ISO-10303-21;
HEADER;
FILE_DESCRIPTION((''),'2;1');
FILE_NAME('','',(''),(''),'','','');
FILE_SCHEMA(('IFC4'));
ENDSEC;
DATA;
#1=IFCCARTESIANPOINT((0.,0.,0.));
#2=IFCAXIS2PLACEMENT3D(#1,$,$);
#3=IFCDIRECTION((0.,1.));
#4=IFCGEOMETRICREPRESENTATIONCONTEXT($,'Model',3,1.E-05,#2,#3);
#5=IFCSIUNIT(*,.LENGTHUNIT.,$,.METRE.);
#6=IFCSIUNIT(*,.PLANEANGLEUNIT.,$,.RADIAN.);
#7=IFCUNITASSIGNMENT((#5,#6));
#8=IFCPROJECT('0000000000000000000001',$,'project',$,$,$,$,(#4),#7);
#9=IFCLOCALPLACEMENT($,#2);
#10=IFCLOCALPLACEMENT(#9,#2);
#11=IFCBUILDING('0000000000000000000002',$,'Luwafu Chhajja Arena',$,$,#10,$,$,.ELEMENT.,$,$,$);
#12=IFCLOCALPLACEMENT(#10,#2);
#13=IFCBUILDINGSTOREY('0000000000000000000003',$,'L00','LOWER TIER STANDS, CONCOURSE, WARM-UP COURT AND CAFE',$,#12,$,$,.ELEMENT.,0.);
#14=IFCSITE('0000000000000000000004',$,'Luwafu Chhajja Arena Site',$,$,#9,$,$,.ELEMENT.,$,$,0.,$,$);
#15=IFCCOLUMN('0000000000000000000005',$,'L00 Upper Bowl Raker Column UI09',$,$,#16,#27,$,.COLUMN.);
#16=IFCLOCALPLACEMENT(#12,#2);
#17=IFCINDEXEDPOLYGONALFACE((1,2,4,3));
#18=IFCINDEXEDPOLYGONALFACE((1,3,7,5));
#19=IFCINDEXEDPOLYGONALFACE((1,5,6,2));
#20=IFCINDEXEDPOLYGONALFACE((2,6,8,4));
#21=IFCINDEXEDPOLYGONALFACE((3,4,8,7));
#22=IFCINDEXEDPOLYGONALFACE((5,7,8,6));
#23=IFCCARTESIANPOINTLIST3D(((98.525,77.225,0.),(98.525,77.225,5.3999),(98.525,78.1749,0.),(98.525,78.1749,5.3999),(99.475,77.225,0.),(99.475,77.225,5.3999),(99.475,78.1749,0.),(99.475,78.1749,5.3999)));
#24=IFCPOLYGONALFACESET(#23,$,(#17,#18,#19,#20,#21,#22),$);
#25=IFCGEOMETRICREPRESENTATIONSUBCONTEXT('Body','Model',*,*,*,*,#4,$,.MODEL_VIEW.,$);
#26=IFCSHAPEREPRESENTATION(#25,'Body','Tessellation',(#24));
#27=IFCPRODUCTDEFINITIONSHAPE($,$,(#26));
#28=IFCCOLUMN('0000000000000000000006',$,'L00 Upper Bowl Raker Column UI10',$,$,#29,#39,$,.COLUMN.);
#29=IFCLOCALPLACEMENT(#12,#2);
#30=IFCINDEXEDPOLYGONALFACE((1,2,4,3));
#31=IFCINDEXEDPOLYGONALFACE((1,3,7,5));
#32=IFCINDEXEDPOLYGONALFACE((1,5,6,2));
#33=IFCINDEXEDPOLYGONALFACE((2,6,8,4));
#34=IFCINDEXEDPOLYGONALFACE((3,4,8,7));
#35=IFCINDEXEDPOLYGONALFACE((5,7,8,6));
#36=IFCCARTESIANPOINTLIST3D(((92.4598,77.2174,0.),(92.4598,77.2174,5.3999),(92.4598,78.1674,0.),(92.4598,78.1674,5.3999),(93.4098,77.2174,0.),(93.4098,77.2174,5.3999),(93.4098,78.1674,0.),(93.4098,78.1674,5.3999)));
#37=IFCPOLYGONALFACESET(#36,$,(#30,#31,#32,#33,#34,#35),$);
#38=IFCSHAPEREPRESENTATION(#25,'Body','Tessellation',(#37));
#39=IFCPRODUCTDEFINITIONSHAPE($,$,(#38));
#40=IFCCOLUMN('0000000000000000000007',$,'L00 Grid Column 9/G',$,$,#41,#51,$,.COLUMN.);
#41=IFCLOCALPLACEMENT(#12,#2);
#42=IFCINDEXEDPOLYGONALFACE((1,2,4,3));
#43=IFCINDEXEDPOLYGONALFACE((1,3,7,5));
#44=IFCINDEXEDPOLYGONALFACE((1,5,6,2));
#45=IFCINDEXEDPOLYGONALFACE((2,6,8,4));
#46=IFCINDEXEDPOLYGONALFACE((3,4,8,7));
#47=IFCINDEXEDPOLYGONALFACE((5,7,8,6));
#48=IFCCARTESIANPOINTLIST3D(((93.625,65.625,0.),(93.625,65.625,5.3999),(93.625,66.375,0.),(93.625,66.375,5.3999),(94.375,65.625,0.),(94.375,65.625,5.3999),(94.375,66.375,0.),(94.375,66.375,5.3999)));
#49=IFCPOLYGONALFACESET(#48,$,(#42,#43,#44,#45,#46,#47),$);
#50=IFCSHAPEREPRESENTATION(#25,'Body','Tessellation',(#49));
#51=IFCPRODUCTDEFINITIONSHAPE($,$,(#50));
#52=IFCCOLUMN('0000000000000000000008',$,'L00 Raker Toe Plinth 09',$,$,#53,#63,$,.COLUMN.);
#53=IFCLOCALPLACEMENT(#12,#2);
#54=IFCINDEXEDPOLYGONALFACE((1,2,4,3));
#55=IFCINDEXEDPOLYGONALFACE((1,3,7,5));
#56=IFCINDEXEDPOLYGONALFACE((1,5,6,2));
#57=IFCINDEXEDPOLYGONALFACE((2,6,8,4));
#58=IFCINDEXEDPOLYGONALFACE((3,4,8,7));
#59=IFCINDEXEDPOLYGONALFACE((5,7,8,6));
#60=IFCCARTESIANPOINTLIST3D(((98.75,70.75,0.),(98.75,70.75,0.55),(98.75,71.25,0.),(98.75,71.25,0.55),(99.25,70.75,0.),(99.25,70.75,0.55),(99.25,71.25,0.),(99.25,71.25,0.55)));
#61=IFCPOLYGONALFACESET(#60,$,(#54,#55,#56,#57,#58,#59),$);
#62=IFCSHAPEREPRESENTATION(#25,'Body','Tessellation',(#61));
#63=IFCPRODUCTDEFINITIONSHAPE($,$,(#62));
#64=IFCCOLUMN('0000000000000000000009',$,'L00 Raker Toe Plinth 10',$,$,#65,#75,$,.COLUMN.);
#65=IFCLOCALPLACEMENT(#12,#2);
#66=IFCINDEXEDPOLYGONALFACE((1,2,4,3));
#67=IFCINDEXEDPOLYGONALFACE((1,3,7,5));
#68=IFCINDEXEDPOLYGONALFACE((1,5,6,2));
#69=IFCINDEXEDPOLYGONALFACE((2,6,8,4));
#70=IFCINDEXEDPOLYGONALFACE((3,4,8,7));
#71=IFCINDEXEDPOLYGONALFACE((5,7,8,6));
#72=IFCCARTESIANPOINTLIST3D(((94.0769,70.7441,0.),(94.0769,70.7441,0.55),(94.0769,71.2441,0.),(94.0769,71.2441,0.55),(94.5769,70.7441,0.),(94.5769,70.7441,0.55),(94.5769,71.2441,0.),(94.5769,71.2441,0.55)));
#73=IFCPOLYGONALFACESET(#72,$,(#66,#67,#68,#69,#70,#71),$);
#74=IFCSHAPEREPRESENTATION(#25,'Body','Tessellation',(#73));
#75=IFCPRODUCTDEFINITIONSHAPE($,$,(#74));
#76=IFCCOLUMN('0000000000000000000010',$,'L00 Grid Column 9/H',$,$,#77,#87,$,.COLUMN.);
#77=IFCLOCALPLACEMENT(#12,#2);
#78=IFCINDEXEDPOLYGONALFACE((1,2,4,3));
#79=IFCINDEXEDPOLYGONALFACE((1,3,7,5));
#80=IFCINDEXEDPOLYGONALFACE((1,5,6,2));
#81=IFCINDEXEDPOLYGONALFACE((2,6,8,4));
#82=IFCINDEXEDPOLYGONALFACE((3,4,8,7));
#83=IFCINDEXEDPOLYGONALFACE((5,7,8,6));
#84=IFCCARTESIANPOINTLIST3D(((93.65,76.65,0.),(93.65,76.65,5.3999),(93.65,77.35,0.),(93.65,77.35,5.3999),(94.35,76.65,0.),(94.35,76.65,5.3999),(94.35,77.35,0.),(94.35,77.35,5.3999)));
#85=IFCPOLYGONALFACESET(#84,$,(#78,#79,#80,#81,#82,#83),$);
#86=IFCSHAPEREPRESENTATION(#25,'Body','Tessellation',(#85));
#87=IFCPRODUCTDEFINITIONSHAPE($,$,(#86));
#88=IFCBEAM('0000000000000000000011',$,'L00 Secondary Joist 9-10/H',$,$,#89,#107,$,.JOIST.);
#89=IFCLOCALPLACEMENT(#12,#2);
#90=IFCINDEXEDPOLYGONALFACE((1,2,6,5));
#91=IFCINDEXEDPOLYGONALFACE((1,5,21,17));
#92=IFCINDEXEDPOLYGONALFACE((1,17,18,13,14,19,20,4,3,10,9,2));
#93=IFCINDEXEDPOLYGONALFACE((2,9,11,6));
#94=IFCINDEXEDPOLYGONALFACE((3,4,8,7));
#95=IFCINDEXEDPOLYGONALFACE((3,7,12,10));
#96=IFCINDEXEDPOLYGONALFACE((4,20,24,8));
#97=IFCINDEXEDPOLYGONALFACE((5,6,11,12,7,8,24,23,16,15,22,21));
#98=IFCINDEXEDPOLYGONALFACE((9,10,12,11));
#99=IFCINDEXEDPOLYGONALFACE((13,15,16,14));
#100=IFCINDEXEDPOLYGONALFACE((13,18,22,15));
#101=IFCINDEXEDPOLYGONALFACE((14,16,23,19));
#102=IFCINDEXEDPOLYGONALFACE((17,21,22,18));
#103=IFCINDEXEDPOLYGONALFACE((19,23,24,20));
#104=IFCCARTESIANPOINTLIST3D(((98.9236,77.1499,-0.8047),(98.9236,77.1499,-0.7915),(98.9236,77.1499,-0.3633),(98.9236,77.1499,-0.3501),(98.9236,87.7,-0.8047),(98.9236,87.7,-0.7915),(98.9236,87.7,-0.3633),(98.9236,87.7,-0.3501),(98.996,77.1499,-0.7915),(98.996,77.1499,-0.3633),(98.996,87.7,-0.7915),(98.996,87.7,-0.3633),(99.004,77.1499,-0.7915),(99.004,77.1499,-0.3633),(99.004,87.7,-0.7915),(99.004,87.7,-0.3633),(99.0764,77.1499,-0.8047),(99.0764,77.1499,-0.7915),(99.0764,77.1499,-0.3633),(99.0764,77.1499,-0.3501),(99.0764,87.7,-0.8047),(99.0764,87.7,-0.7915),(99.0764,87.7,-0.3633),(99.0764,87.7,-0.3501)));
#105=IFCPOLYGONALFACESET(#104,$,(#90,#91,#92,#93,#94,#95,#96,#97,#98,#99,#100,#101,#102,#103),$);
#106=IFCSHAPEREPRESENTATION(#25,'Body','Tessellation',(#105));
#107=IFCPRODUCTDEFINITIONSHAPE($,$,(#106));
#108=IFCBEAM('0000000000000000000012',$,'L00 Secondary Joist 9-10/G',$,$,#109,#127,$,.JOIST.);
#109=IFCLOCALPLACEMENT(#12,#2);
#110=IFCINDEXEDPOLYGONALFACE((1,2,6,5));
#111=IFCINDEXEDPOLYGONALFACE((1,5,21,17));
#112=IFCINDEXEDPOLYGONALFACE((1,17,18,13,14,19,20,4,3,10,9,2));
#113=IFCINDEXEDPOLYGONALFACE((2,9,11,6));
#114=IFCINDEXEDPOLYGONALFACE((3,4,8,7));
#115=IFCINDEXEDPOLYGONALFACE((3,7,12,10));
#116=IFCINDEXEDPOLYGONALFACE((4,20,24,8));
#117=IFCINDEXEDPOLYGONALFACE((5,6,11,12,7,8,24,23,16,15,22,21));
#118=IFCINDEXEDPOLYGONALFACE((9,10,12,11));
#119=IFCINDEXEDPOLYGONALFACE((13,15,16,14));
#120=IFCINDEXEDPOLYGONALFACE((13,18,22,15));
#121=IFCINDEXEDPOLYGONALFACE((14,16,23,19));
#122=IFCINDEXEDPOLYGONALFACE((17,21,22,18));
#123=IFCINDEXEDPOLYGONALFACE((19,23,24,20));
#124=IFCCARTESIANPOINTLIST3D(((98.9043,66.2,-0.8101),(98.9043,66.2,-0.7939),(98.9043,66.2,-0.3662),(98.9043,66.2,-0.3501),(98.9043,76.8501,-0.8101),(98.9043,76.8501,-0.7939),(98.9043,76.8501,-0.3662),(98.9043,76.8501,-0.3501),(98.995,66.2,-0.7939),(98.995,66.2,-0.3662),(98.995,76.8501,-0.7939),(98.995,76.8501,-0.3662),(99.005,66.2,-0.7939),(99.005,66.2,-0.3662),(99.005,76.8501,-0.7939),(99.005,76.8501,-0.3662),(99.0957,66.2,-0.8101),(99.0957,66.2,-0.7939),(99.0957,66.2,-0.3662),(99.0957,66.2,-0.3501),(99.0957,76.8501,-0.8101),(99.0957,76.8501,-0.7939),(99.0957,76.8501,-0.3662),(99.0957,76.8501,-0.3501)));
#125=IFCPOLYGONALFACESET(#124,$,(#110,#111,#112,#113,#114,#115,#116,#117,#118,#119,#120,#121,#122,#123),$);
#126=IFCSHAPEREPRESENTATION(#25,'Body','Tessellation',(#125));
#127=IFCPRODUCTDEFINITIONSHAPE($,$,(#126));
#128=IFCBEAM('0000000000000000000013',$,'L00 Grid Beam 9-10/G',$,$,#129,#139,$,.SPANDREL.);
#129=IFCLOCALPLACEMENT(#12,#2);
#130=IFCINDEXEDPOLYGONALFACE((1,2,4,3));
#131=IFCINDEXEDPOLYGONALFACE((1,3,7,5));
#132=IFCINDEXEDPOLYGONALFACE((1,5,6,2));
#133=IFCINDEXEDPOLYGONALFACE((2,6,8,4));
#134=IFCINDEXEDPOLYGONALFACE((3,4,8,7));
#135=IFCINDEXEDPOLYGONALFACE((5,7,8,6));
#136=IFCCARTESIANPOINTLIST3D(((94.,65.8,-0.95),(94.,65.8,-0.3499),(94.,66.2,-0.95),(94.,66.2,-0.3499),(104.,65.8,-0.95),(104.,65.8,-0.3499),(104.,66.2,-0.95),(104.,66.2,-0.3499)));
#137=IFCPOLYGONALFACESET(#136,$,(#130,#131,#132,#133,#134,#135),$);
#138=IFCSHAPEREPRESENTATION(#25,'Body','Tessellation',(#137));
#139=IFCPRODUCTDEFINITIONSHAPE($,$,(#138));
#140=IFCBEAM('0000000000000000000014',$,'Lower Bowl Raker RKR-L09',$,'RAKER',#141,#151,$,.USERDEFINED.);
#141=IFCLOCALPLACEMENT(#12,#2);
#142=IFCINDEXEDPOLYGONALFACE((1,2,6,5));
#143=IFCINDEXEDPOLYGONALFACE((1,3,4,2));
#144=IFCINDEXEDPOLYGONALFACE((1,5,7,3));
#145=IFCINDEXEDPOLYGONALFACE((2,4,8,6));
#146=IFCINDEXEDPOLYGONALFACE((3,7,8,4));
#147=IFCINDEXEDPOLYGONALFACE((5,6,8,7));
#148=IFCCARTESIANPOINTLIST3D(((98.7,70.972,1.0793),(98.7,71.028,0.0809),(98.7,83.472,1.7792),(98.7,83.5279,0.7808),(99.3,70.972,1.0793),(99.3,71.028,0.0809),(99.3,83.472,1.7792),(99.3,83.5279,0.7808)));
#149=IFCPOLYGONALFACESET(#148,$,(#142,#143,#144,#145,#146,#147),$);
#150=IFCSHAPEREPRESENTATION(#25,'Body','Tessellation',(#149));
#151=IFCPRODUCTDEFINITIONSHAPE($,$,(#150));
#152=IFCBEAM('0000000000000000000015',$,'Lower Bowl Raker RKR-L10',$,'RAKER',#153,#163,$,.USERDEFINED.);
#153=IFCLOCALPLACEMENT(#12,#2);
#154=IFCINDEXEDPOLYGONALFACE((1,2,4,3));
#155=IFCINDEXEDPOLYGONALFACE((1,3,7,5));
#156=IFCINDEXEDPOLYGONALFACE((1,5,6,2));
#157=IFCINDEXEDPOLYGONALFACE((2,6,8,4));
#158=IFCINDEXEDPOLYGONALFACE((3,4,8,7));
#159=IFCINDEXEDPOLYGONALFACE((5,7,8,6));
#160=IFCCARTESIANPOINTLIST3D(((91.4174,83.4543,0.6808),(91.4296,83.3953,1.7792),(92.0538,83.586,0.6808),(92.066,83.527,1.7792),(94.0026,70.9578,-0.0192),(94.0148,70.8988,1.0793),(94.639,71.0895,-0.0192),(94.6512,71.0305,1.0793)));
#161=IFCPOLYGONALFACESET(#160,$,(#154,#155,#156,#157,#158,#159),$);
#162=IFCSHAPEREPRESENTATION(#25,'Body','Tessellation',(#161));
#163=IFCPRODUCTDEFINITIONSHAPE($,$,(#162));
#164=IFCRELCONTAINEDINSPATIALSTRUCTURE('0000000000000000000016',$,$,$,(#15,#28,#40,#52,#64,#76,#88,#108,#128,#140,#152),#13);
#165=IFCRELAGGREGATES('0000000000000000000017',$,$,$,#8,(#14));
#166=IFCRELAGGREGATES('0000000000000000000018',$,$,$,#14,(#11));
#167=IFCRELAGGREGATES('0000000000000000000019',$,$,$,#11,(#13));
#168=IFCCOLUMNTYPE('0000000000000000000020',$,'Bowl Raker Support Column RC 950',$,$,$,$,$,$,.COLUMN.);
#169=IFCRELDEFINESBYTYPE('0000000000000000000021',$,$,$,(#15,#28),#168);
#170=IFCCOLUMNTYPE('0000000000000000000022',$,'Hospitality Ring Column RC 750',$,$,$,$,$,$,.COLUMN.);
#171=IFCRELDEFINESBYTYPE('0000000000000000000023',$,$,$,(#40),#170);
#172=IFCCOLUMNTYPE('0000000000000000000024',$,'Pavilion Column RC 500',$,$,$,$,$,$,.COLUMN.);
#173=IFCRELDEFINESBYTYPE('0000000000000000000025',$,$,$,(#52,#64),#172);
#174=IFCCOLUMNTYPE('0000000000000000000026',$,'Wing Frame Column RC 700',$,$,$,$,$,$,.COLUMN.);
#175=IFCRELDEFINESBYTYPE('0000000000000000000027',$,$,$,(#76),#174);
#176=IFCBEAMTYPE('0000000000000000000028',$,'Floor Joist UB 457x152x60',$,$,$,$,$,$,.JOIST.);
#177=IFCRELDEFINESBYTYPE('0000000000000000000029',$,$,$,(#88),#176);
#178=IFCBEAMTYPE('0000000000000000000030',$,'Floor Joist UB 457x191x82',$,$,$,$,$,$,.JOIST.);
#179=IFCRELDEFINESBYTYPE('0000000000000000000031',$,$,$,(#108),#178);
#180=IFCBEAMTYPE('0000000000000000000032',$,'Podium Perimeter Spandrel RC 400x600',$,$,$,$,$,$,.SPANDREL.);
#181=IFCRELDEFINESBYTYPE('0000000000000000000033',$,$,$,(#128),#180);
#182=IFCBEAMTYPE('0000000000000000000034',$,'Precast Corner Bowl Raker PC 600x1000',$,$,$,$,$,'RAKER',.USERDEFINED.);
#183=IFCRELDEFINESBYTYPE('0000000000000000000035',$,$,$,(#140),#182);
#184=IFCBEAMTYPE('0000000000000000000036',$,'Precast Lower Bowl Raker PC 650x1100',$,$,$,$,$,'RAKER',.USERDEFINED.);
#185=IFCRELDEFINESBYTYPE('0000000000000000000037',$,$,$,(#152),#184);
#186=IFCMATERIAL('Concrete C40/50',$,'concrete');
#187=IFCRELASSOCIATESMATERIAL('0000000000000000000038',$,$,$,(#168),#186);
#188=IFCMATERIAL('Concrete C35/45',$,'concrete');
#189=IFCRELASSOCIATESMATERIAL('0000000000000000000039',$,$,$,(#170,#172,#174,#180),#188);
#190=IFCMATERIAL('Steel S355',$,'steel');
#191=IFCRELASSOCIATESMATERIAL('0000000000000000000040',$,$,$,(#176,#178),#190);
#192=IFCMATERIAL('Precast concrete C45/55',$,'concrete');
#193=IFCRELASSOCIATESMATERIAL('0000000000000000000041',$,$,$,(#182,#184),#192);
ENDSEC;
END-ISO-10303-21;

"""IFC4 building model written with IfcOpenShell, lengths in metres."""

from ifc_helpers import new_model, si_unit, direction, frame, origin, origin_2d, place, context, subcontext, project, spatial, rectangle, i_section, extrude, material, material_profile, profile_set, type_object, element, save


model = new_model("IFC4")

# Units and contexts
model_context = context("Model", 3, precision=1e-05, world=origin(), true_north=direction((0.0, 1.0)))
body_context = subcontext(model_context, "Body", "Model", "MODEL_VIEW")
ifc_project = project(units=[si_unit("LENGTHUNIT", "METRE"), si_unit("PLANEANGLEUNIT", "RADIAN")], contexts=[model_context])

# Site, building, storey
site_placement = place(None, origin())
site = spatial("IfcSite", under=ifc_project, at=site_placement, Name="Luwafu Chhajja Arena Site", CompositionType="ELEMENT", RefElevation=0.0)
building_placement = place(site_placement, origin())
building = spatial("IfcBuilding", under=site, at=building_placement, Name="Luwafu Chhajja Arena", CompositionType="ELEMENT")
storey_placement = place(building_placement, origin())
storey = spatial("IfcBuildingStorey", under=building, at=storey_placement, Name="L00", Description="LOWER TIER STANDS, CONCOURSE, WARM-UP COURT AND CAFE", CompositionType="ELEMENT", Elevation=0.0)

# Columns
ifc_material_1 = material(Name="Concrete C40/50", Category="concrete")
ifc_material_profile_1 = material_profile(ifc_material_1, rectangle(XDim=0.95, YDim=0.95, at=origin_2d()), Name="RC 950x950")
ifc_profile_set_1 = profile_set([ifc_material_profile_1], Name="Concrete C40/50")
column_type_1 = type_object("IfcColumnType", Name="Bowl Raker Support Column RC 950", PredefinedType="COLUMN", material=ifc_profile_set_1)
for number, where, z_axis, x_axis, name in (
    (1, (99.0, 77.7, 0.0), (0.0, 0.0, 1.0), (1.0, 0.0, 0.0), "L00 Upper Bowl Raker Column UI09"),
    (2, (92.9348, 77.6924, 0.0), (0.0, 0.0, 1.0), (1.0, 0.0, 0.0), "L00 Upper Bowl Raker Column UI10"),
):
    element("IfcColumn", number, at=place(storey_placement, frame(where, z_axis=z_axis, x_axis=x_axis)), inside=storey, type_object=column_type_1, Name=name, PredefinedType="COLUMN", context=body_context, shape_type="SweptSolid", body=[
        extrude(rectangle(XDim=0.95, YDim=0.95, at=origin_2d()), origin(), (0.0, 0.0, 1.0), 5.3999),
    ])
ifc_material_2 = material(Name="Concrete C35/45", Category="concrete")
ifc_material_profile_2 = material_profile(ifc_material_2, rectangle(XDim=0.75, YDim=0.75, at=origin_2d()), Name="RC 750x750")
ifc_profile_set_2 = profile_set([ifc_material_profile_2], Name="Concrete C35/45")
column_type_2 = type_object("IfcColumnType", Name="Hospitality Ring Column RC 750", PredefinedType="COLUMN", material=ifc_profile_set_2)
column_1_placement = place(storey_placement, frame((94.0, 66.0, 0.0), z_axis=(0.0, 0.0, 1.0), x_axis=(1.0, 0.0, 0.0)))
element("IfcColumn", 3, at=column_1_placement, inside=storey, type_object=column_type_2, Name="L00 Grid Column 9/G", PredefinedType="COLUMN", context=body_context, shape_type="SweptSolid", body=[
    extrude(rectangle(XDim=0.75, YDim=0.75, at=origin_2d()), origin(), (0.0, 0.0, 1.0), 5.3999),
])
ifc_material_profile_3 = material_profile(ifc_material_2, rectangle(XDim=0.5, YDim=0.5, at=origin_2d()), Name="RC 500x500")
ifc_profile_set_3 = profile_set([ifc_material_profile_3], Name="Concrete C35/45")
column_type_3 = type_object("IfcColumnType", Name="Pavilion Column RC 500", PredefinedType="COLUMN", material=ifc_profile_set_3)
for number, where, z_axis, x_axis, name in (
    (4, (99.0, 71.0, 0.0), (0.0, 0.0, 1.0), (1.0, 0.0, 0.0), "L00 Raker Toe Plinth 09"),
    (5, (94.3269, 70.9941, 0.0), (0.0, 0.0, 1.0), (1.0, 0.0, 0.0), "L00 Raker Toe Plinth 10"),
):
    element("IfcColumn", number, at=place(storey_placement, frame(where, z_axis=z_axis, x_axis=x_axis)), inside=storey, type_object=column_type_3, Name=name, PredefinedType="COLUMN", context=body_context, shape_type="SweptSolid", body=[
        extrude(rectangle(XDim=0.5, YDim=0.5, at=origin_2d()), origin(), (0.0, 0.0, 1.0), 0.55),
    ])
ifc_material_profile_4 = material_profile(ifc_material_2, rectangle(XDim=0.7, YDim=0.7, at=origin_2d()), Name="RC 700x700")
ifc_profile_set_4 = profile_set([ifc_material_profile_4], Name="Concrete C35/45")
column_type_4 = type_object("IfcColumnType", Name="Wing Frame Column RC 700", PredefinedType="COLUMN", material=ifc_profile_set_4)
column_2_placement = place(storey_placement, frame((94.0, 77.0, 0.0), z_axis=(0.0, 0.0, 1.0), x_axis=(1.0, 0.0, 0.0)))
element("IfcColumn", 6, at=column_2_placement, inside=storey, type_object=column_type_4, Name="L00 Grid Column 9/H", PredefinedType="COLUMN", context=body_context, shape_type="SweptSolid", body=[
    extrude(rectangle(XDim=0.7, YDim=0.7, at=origin_2d()), origin(), (0.0, 0.0, 1.0), 5.3999),
])

# Beams
ifc_material_3 = material(Name="Steel S355", Category="steel")
ifc_material_profile_5 = material_profile(ifc_material_3, i_section(OverallWidth=0.1528, OverallDepth=0.4546, WebThickness=0.0081, FlangeThickness=0.0132, at=origin_2d()), Name="UB 457x152x60")
ifc_profile_set_5 = profile_set([ifc_material_profile_5], Name="Steel S355")
beam_type_1 = type_object("IfcBeamType", Name="Floor Joist UB 457x152x60", PredefinedType="JOIST", material=ifc_profile_set_5)
beam_1_placement = place(storey_placement, frame((99.0, 77.1499, -0.5774), z_axis=(0.0, 1.0, 0.0), x_axis=(-1.0, 0.0, 0.0)))
element("IfcBeam", 7, at=beam_1_placement, inside=storey, type_object=beam_type_1, Name="L00 Secondary Joist 9-10/H", PredefinedType="JOIST", context=body_context, shape_type="SweptSolid", body=[
    extrude(i_section(OverallWidth=0.1528, OverallDepth=0.4546, WebThickness=0.0081, FlangeThickness=0.0132, at=origin_2d()), origin(), (0.0, 0.0, 1.0), 10.55),
])
ifc_material_profile_6 = material_profile(ifc_material_3, i_section(OverallWidth=0.1914, OverallDepth=0.46, WebThickness=0.01, FlangeThickness=0.0161, at=origin_2d()), Name="UB 457x191x82")
ifc_profile_set_6 = profile_set([ifc_material_profile_6], Name="Steel S355")
beam_type_2 = type_object("IfcBeamType", Name="Floor Joist UB 457x191x82", PredefinedType="JOIST", material=ifc_profile_set_6)
beam_2_placement = place(storey_placement, frame((99.0, 66.2, -0.5801), z_axis=(0.0, 1.0, 0.0), x_axis=(-1.0, 0.0, 0.0)))
element("IfcBeam", 8, at=beam_2_placement, inside=storey, type_object=beam_type_2, Name="L00 Secondary Joist 9-10/G", PredefinedType="JOIST", context=body_context, shape_type="SweptSolid", body=[
    extrude(i_section(OverallWidth=0.1914, OverallDepth=0.46, WebThickness=0.01, FlangeThickness=0.0161, at=origin_2d()), origin(), (0.0, 0.0, 1.0), 10.6501),
])
ifc_material_profile_7 = material_profile(ifc_material_2, rectangle(XDim=0.3999, YDim=0.6001, at=origin_2d()), Name="RC 400x600")
ifc_profile_set_7 = profile_set([ifc_material_profile_7], Name="Concrete C35/45")
beam_type_3 = type_object("IfcBeamType", Name="Podium Perimeter Spandrel RC 400x600", PredefinedType="SPANDREL", material=ifc_profile_set_7)
beam_3_placement = place(storey_placement, frame((94.0, 66.0, -0.6499), z_axis=(1.0, 0.0, 0.0), x_axis=(0.0, 1.0, 0.0)))
element("IfcBeam", 9, at=beam_3_placement, inside=storey, type_object=beam_type_3, Name="L00 Grid Beam 9-10/G", PredefinedType="SPANDREL", context=body_context, shape_type="SweptSolid", body=[
    extrude(rectangle(XDim=0.3999, YDim=0.6001, at=origin_2d()), origin(), (0.0, 0.0, 1.0), 10.0),
])
ifc_material_4 = material(Name="Precast concrete C45/55", Category="concrete")
ifc_material_profile_8 = material_profile(ifc_material_4, rectangle(XDim=0.6001, YDim=1.0, at=origin_2d()), Name="PC 600x1000")
ifc_profile_set_8 = profile_set([ifc_material_profile_8], Name="Precast concrete C45/55")
beam_type_4 = type_object("IfcBeamType", Name="Precast Corner Bowl Raker PC 600x1000", ElementType="RAKER", PredefinedType="USERDEFINED", material=ifc_profile_set_8)
beam_4_placement = place(storey_placement, frame((99.0, 71.0, 0.5801), z_axis=(0.0, 0.998436, 0.055909), x_axis=(-1.0, 0.0, 0.0)))
element("IfcBeam", 10, at=beam_4_placement, inside=storey, type_object=beam_type_4, Name="Lower Bowl Raker RKR-L09", ObjectType="RAKER", PredefinedType="USERDEFINED", context=body_context, shape_type="SweptSolid", body=[
    extrude(rectangle(XDim=0.6001, YDim=1.0, at=origin_2d()), origin(), (0.0, 0.0, 1.0), 12.5195),
])
ifc_material_profile_9 = material_profile(ifc_material_4, rectangle(XDim=0.6499, YDim=1.1001, at=origin_2d()), Name="PC 650x1100")
ifc_profile_set_9 = profile_set([ifc_material_profile_9], Name="Precast concrete C45/55")
beam_type_5 = type_object("IfcBeamType", Name="Precast Lower Bowl Raker PC 650x1100", ElementType="RAKER", PredefinedType="USERDEFINED", material=ifc_profile_set_9)
beam_5_placement = place(storey_placement, frame((94.3269, 70.9941, 0.53), z_axis=(-0.202279, 0.977795, 0.054768), x_axis=(-0.979265, -0.202583, 0.0)))
element("IfcBeam", 11, at=beam_5_placement, inside=storey, type_object=beam_type_5, Name="Lower Bowl Raker RKR-L10", ObjectType="RAKER", PredefinedType="USERDEFINED", context=body_context, shape_type="SweptSolid", body=[
    extrude(rectangle(XDim=0.6499, YDim=1.1001, at=origin_2d()), origin(), (0.0, 0.0, 1.0), 12.7803),
])

save(model, "model.ifc")
